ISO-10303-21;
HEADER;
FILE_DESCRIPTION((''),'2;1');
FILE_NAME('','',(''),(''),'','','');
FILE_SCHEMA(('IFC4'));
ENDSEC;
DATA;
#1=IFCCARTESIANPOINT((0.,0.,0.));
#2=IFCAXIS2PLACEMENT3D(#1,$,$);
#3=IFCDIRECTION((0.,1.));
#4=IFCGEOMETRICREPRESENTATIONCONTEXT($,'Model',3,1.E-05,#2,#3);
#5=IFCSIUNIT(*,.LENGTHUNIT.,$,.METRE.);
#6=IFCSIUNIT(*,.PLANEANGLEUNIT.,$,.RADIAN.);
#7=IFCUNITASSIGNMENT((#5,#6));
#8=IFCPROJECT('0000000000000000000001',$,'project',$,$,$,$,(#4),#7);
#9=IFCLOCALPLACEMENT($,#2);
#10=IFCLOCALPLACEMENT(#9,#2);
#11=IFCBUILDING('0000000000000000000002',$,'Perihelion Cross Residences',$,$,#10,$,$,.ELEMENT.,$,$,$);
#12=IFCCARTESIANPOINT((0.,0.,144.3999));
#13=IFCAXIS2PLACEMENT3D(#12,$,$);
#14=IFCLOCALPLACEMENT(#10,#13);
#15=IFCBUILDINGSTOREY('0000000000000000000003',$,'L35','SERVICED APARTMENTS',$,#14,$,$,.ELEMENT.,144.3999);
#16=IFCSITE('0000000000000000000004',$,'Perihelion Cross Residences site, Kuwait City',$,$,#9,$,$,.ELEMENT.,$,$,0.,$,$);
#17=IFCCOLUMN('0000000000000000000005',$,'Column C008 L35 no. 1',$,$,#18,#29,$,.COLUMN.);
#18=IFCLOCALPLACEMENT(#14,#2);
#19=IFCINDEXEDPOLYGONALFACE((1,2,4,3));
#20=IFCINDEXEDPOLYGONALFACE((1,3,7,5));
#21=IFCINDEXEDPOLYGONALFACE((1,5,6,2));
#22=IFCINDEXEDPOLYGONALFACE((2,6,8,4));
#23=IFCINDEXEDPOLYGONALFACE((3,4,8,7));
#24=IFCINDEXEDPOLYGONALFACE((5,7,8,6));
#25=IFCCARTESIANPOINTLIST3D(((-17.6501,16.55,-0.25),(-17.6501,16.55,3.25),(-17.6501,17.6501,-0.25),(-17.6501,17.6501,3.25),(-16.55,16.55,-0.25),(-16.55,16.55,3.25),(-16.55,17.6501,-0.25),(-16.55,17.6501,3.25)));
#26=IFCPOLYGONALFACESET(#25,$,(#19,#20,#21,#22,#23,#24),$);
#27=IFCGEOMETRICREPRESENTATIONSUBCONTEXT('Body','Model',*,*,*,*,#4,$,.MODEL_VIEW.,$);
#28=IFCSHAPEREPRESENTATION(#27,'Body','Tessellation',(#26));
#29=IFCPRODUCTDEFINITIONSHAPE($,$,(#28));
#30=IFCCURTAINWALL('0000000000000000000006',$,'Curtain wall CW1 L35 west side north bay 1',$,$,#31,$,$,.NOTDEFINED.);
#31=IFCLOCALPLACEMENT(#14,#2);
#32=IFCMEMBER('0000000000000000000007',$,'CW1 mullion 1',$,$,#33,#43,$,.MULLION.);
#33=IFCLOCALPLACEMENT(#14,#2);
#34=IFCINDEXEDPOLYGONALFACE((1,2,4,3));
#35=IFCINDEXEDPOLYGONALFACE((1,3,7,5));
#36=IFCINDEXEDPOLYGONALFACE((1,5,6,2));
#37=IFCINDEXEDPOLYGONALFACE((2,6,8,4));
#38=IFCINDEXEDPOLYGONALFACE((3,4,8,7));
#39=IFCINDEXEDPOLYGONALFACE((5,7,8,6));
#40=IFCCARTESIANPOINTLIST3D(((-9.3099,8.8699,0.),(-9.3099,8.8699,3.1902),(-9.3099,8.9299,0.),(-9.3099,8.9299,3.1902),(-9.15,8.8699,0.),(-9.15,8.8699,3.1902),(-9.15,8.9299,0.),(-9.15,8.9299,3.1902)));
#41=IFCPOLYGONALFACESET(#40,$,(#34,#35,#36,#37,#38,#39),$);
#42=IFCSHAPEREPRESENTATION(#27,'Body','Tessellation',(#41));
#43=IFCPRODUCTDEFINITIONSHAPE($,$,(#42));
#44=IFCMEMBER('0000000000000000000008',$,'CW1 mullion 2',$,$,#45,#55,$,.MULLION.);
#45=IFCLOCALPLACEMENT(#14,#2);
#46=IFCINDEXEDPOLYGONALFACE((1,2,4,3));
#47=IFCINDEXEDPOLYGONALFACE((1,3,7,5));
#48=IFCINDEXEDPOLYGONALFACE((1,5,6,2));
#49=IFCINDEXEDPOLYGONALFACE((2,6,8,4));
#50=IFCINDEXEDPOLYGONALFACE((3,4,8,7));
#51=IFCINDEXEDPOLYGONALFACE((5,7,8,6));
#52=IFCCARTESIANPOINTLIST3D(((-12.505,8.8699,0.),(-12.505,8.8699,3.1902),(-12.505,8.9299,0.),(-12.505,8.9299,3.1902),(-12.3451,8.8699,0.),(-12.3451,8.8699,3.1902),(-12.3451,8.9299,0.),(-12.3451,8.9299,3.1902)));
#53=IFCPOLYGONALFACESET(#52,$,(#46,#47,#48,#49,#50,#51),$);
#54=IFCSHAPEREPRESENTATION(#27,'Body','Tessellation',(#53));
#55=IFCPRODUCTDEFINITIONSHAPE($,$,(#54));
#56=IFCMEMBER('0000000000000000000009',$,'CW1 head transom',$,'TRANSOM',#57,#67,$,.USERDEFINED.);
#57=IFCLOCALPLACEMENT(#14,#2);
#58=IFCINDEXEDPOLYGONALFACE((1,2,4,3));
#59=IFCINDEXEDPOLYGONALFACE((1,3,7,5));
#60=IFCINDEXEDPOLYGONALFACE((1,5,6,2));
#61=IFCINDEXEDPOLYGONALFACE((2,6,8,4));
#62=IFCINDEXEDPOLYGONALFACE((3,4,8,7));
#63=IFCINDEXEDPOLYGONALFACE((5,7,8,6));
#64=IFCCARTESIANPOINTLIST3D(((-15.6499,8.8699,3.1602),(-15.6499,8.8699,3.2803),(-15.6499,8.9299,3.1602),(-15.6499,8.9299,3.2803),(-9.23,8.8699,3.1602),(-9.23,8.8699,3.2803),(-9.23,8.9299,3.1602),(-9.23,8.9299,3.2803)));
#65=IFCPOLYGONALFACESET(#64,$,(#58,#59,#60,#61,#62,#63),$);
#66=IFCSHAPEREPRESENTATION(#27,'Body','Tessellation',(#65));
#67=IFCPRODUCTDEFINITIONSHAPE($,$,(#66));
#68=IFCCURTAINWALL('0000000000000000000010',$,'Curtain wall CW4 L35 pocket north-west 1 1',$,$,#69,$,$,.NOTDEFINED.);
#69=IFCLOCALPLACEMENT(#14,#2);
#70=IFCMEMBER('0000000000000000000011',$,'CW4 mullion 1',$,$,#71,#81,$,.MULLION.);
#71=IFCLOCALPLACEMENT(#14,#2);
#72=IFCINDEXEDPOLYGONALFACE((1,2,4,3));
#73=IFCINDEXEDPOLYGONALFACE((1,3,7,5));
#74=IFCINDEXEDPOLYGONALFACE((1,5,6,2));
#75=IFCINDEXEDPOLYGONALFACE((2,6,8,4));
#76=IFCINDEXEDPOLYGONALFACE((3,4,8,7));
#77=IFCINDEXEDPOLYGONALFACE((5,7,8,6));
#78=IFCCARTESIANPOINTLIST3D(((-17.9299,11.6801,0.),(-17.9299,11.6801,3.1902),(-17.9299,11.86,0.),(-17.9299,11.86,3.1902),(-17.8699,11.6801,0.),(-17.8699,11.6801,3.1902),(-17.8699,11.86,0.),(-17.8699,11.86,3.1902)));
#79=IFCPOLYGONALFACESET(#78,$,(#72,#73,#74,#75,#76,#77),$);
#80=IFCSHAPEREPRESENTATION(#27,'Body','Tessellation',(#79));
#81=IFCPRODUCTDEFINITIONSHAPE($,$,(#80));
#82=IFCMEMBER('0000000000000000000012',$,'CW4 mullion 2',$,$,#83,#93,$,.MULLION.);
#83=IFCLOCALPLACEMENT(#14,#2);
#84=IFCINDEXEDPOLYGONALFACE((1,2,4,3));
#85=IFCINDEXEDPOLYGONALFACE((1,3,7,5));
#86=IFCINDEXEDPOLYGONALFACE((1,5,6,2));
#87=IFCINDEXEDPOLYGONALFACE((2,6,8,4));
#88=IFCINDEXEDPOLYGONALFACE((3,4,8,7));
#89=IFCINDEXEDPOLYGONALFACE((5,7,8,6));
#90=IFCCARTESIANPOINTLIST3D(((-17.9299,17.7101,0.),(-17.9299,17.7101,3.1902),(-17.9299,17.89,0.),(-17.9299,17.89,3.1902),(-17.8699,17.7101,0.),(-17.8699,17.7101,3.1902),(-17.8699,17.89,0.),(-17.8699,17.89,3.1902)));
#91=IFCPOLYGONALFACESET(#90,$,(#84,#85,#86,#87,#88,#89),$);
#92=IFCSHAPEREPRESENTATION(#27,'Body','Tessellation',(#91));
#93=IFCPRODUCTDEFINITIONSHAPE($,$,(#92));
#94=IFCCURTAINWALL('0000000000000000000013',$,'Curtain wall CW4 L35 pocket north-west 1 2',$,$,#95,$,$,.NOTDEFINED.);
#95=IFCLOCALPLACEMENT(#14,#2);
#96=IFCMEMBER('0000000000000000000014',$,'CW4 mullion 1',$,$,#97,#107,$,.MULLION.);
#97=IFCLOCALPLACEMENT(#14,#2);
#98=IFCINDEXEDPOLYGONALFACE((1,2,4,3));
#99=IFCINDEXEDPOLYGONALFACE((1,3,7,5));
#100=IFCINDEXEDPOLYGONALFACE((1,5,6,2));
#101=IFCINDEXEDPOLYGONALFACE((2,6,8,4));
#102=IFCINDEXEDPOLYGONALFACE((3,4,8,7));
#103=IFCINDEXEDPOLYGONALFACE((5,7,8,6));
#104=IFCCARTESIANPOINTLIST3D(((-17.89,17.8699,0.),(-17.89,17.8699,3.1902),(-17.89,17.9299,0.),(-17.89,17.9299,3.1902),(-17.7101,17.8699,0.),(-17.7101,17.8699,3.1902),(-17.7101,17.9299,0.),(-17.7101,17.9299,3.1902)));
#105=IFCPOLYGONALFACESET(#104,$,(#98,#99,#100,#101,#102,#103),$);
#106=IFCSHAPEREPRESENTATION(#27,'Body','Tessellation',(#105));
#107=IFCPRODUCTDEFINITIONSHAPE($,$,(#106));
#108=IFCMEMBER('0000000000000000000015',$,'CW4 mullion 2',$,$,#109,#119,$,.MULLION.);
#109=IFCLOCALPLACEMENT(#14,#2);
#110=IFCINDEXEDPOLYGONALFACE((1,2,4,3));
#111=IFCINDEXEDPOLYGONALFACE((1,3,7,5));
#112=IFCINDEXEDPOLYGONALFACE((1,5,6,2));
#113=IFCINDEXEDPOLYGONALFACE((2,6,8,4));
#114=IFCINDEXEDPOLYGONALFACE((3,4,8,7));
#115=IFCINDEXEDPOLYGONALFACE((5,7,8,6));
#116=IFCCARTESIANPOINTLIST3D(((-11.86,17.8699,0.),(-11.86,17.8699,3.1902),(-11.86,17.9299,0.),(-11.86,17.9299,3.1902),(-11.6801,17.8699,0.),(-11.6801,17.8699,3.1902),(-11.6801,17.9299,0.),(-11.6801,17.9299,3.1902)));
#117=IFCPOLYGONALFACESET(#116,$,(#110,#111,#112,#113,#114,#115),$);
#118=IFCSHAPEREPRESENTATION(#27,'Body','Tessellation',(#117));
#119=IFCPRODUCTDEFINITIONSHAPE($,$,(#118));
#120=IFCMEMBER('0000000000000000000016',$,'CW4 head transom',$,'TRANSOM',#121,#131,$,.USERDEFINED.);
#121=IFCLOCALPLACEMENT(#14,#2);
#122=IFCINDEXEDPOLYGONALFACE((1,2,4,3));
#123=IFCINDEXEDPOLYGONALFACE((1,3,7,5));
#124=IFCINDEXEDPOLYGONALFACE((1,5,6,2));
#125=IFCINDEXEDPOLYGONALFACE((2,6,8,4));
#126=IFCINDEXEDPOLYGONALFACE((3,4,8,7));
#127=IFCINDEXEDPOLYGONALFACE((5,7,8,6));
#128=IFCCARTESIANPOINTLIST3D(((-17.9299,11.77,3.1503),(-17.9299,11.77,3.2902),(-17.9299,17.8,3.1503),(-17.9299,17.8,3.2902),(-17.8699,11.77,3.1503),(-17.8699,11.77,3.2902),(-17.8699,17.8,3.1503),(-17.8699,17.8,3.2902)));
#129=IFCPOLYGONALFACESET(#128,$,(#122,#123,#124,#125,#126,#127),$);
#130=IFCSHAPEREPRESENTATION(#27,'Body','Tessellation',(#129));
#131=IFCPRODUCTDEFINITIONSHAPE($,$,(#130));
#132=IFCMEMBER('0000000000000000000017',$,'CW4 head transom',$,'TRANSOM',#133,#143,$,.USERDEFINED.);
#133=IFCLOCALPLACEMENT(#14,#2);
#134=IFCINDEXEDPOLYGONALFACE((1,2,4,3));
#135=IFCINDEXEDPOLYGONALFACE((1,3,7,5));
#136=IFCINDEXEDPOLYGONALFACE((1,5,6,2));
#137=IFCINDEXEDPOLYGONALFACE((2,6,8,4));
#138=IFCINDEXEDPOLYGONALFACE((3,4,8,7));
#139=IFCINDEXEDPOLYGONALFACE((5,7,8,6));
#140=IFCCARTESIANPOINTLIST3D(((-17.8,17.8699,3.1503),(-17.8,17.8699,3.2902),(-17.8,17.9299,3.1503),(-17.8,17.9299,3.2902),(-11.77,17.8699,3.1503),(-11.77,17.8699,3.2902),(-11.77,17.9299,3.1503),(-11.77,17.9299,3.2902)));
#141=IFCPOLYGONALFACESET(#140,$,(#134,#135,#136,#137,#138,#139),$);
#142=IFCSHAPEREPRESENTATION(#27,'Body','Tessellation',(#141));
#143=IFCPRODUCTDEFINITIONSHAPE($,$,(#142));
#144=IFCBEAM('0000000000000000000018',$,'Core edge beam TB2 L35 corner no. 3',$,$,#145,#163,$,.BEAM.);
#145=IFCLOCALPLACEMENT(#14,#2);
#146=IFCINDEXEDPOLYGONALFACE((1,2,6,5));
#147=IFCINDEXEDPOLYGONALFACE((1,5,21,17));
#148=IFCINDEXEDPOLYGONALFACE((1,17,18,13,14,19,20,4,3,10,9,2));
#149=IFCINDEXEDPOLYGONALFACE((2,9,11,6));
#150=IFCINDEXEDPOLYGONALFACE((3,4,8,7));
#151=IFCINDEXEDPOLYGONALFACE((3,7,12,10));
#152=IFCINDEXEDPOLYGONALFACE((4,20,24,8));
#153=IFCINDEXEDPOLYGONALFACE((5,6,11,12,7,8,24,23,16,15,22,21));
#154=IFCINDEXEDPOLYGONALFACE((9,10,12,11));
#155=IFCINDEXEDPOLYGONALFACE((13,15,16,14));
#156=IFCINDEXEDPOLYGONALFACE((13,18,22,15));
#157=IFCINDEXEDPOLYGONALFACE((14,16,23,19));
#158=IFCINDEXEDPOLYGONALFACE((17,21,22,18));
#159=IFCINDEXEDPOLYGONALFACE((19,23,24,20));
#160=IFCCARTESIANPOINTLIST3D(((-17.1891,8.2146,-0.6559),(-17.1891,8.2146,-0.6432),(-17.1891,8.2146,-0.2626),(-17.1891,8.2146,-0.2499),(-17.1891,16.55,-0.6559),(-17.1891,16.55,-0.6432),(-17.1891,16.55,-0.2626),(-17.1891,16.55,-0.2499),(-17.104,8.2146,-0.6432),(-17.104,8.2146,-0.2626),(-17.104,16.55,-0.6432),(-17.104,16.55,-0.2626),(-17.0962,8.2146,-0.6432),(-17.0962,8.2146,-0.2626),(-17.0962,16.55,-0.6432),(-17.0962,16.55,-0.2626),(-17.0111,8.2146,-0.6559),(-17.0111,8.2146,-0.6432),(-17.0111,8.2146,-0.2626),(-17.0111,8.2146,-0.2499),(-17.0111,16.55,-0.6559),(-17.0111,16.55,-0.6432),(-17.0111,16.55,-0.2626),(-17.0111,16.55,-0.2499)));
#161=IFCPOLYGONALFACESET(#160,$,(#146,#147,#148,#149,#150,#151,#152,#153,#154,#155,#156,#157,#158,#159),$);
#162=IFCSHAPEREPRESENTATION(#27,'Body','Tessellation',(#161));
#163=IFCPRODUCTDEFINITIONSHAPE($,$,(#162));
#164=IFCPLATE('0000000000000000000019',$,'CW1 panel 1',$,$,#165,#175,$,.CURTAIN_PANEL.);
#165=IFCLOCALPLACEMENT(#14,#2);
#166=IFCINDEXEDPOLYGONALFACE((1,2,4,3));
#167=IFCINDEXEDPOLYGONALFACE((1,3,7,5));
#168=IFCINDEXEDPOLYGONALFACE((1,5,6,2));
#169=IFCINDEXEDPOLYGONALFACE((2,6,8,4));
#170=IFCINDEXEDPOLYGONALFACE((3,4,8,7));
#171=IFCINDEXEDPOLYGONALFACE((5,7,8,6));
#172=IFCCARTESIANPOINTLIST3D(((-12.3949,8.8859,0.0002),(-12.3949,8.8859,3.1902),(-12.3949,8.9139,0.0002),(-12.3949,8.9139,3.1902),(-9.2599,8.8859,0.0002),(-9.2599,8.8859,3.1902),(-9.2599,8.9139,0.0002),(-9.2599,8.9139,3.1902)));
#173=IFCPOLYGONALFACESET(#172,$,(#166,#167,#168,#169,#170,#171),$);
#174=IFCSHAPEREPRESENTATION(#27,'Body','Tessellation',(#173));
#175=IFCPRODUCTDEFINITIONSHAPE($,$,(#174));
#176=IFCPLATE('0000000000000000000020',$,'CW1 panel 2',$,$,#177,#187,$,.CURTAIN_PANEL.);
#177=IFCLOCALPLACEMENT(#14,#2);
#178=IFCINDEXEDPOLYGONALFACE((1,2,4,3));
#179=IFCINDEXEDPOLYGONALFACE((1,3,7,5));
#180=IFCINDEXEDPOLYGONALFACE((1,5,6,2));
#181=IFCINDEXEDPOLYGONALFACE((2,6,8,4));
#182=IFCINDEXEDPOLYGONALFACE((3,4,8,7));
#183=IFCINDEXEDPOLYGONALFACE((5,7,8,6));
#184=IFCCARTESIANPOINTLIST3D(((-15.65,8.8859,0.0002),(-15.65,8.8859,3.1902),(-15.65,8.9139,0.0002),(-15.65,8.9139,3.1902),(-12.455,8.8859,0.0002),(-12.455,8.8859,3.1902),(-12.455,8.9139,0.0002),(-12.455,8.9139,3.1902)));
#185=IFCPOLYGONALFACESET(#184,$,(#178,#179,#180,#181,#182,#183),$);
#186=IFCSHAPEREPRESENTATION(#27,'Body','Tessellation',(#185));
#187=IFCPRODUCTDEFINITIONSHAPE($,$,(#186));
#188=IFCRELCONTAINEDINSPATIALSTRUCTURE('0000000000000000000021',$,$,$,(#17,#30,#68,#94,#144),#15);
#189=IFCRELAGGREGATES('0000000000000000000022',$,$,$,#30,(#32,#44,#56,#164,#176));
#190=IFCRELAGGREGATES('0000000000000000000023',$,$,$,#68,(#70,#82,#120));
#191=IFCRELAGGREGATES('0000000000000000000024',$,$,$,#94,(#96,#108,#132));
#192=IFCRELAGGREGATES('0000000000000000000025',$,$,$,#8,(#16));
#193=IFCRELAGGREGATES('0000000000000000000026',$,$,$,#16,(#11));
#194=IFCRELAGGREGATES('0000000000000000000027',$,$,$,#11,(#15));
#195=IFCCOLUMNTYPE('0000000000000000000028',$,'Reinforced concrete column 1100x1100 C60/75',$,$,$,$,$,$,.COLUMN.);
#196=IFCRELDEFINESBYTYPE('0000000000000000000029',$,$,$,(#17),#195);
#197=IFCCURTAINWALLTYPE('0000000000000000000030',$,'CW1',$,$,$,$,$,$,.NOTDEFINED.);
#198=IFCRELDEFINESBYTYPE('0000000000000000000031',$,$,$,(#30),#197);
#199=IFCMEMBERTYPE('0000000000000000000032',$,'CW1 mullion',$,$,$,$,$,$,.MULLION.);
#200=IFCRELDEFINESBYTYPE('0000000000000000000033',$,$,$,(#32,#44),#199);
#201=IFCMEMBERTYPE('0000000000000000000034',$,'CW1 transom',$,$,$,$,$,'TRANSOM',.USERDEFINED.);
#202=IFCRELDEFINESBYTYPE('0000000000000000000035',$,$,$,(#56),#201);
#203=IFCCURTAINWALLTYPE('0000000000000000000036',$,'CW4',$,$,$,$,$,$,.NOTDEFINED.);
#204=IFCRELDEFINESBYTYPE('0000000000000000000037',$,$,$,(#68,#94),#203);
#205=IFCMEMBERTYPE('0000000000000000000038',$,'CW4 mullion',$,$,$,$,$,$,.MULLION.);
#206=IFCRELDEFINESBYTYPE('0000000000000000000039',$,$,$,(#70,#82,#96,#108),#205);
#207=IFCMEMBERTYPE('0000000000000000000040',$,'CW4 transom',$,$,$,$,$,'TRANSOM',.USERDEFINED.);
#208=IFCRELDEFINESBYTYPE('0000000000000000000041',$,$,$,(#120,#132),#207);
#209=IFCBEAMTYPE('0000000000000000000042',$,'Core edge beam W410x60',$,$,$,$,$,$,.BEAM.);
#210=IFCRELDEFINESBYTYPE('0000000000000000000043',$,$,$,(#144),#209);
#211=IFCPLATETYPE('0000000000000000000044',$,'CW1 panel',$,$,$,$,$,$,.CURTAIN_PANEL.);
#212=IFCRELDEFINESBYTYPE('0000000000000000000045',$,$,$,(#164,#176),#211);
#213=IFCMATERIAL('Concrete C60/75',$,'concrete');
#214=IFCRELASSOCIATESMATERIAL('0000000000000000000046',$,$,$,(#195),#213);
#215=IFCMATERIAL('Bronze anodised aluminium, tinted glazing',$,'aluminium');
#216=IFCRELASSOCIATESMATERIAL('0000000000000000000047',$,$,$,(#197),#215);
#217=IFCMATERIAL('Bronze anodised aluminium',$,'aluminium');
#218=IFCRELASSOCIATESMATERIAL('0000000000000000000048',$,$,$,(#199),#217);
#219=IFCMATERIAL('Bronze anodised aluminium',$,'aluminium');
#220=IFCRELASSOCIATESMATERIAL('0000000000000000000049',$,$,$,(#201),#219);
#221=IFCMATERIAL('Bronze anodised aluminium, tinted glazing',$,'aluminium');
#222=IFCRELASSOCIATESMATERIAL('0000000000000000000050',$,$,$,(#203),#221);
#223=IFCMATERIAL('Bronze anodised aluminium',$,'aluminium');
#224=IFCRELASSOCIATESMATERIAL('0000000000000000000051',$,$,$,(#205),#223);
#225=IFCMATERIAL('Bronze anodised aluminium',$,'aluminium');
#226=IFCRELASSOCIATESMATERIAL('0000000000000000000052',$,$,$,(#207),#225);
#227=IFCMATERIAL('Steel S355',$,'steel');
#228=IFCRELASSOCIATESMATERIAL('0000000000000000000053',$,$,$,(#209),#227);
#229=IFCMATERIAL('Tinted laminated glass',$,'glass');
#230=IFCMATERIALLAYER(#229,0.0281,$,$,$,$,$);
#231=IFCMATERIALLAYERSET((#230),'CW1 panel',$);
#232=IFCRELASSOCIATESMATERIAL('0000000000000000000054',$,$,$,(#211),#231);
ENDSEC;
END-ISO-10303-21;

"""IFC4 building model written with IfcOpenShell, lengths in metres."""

from ifc_helpers import new_model, si_unit, direction, frame, origin, origin_2d, place, context, subcontext, project, spatial, rectangle, i_section, extrude, material, layer, layer_set, material_profile, profile_set, type_object, element, aggregate, save


model = new_model("IFC4")

# Units and contexts
model_context = context("Model", 3, precision=1e-05, world=origin(), true_north=direction((0.0, 1.0)))
body_context = subcontext(model_context, "Body", "Model", "MODEL_VIEW")
ifc_project = project(units=[si_unit("LENGTHUNIT", "METRE"), si_unit("PLANEANGLEUNIT", "RADIAN")], contexts=[model_context])

# Site, building, storey
site_placement = place(None, origin())
site = spatial("IfcSite", under=ifc_project, at=site_placement, Name="Perihelion Cross Residences site, Kuwait City", CompositionType="ELEMENT", RefElevation=0.0)
building_placement = place(site_placement, origin())
building = spatial("IfcBuilding", under=site, at=building_placement, Name="Perihelion Cross Residences", CompositionType="ELEMENT")
storey_placement = place(building_placement, frame((0.0, 0.0, 144.3999)))
storey = spatial("IfcBuildingStorey", under=building, at=storey_placement, Name="L35", Description="SERVICED APARTMENTS", CompositionType="ELEMENT", Elevation=144.3999)

# Column
ifc_material_1 = material(Name="Concrete C60/75", Category="concrete")
ifc_material_profile_1 = material_profile(ifc_material_1, rectangle(XDim=1.1001, YDim=1.1001, at=origin_2d()), Name="RC 1100x1100")
ifc_profile_set_1 = profile_set([ifc_material_profile_1], Name="Concrete C60/75")
column_type = type_object("IfcColumnType", Name="Reinforced concrete column 1100x1100 C60/75", PredefinedType="COLUMN", material=ifc_profile_set_1)
column_placement = place(storey_placement, frame((-17.1001, 17.1001, -0.25), z_axis=(0.0, 0.0, 1.0), x_axis=(1.0, 0.0, 0.0)))
element("IfcColumn", 1, at=column_placement, inside=storey, type_object=column_type, Name="Column C008 L35 no. 1", PredefinedType="COLUMN", context=body_context, shape_type="SweptSolid", body=[
    extrude(rectangle(XDim=1.1001, YDim=1.1001, at=origin_2d()), origin(), (0.0, 0.0, 1.0), 3.5),
])

# Curtain walls, members
ifc_material_2 = material(Name="Bronze anodised aluminium, tinted glazing", Category="aluminium")
curtain_wall_type_1 = type_object("IfcCurtainWallType", Name="CW1", PredefinedType="NOTDEFINED", material=ifc_material_2)
curtain_wall_1_placement = place(storey_placement, origin())
curtain_wall_1 = element("IfcCurtainWall", 2, at=curtain_wall_1_placement, inside=storey, type_object=curtain_wall_type_1, Name="Curtain wall CW1 L35 west side north bay 1", PredefinedType="NOTDEFINED")
ifc_material_3 = material(Name="Bronze anodised aluminium", Category="aluminium")
ifc_material_profile_2 = material_profile(ifc_material_3, rectangle(XDim=0.0601, YDim=0.1599, at=origin_2d()), Name="CW1 mullion")
ifc_profile_set_2 = profile_set([ifc_material_profile_2], Name="Bronze anodised aluminium")
member_type_1 = type_object("IfcMemberType", Name="CW1 mullion", PredefinedType="MULLION", material=ifc_profile_set_2)
member_1_placement = place(storey_placement, frame((-9.23, 8.8999, 0.0), z_axis=(0.0, 0.0, 1.0), x_axis=(0.0, -1.0, 0.0)))
member_1 = element("IfcMember", 3, at=member_1_placement, type_object=member_type_1, Name="CW1 mullion 1", PredefinedType="MULLION", context=body_context, shape_type="SweptSolid", body=[
    extrude(rectangle(XDim=0.0601, YDim=0.1599, at=origin_2d()), origin(), (0.0, 0.0, 1.0), 3.1902),
])
member_2_placement = place(storey_placement, frame((-12.425, 8.8999, 0.0), z_axis=(0.0, 0.0, 1.0), x_axis=(0.0, -1.0, 0.0)))
member_2 = element("IfcMember", 4, at=member_2_placement, type_object=member_type_1, Name="CW1 mullion 2", PredefinedType="MULLION", context=body_context, shape_type="SweptSolid", body=[
    extrude(rectangle(XDim=0.0601, YDim=0.1599, at=origin_2d()), origin(), (0.0, 0.0, 1.0), 3.1902),
])
ifc_material_4 = material(Name="Bronze anodised aluminium", Category="aluminium")
ifc_material_profile_3 = material_profile(ifc_material_4, rectangle(XDim=0.0601, YDim=0.1201, at=origin_2d()), Name="CW1 transom")
ifc_profile_set_3 = profile_set([ifc_material_profile_3], Name="Bronze anodised aluminium")
member_type_2 = type_object("IfcMemberType", Name="CW1 transom", ElementType="TRANSOM", PredefinedType="USERDEFINED", material=ifc_profile_set_3)
member_3_placement = place(storey_placement, frame((-9.23, 8.8999, 3.2202), z_axis=(-1.0, 0.0, 0.0), x_axis=(0.0, -1.0, 0.0)))
member_3 = element("IfcMember", 5, at=member_3_placement, type_object=member_type_2, Name="CW1 head transom", ObjectType="TRANSOM", PredefinedType="USERDEFINED", context=body_context, shape_type="SweptSolid", body=[
    extrude(rectangle(XDim=0.0601, YDim=0.1201, at=origin_2d()), origin(), (0.0, 0.0, 1.0), 6.4199),
])
ifc_material_5 = material(Name="Bronze anodised aluminium, tinted glazing", Category="aluminium")
curtain_wall_type_2 = type_object("IfcCurtainWallType", Name="CW4", PredefinedType="NOTDEFINED", material=ifc_material_5)
curtain_wall_2_placement = place(storey_placement, origin())
curtain_wall_2 = element("IfcCurtainWall", 6, at=curtain_wall_2_placement, inside=storey, type_object=curtain_wall_type_2, Name="Curtain wall CW4 L35 pocket north-west 1 1", PredefinedType="NOTDEFINED")
ifc_material_6 = material(Name="Bronze anodised aluminium", Category="aluminium")
ifc_material_profile_4 = material_profile(ifc_material_6, rectangle(XDim=0.0601, YDim=0.1799, at=origin_2d()), Name="CW4 mullion")
ifc_profile_set_4 = profile_set([ifc_material_profile_4], Name="Bronze anodised aluminium")
member_type_3 = type_object("IfcMemberType", Name="CW4 mullion", PredefinedType="MULLION", material=ifc_profile_set_4)
member_4_placement = place(storey_placement, frame((-17.8999, 11.77, 0.0), z_axis=(0.0, 0.0, 1.0), x_axis=(-1.0, 0.0, 0.0)))
member_4 = element("IfcMember", 7, at=member_4_placement, type_object=member_type_3, Name="CW4 mullion 1", PredefinedType="MULLION", context=body_context, shape_type="SweptSolid", body=[
    extrude(rectangle(XDim=0.0601, YDim=0.1799, at=origin_2d()), origin(), (0.0, 0.0, 1.0), 3.1902),
])
member_5_placement = place(storey_placement, frame((-17.8999, 17.8, 0.0), z_axis=(0.0, 0.0, 1.0), x_axis=(-1.0, 0.0, 0.0)))
member_5 = element("IfcMember", 8, at=member_5_placement, type_object=member_type_3, Name="CW4 mullion 2", PredefinedType="MULLION", context=body_context, shape_type="SweptSolid", body=[
    extrude(rectangle(XDim=0.0601, YDim=0.1799, at=origin_2d()), origin(), (0.0, 0.0, 1.0), 3.1902),
])
curtain_wall_3_placement = place(storey_placement, origin())
curtain_wall_3 = element("IfcCurtainWall", 9, at=curtain_wall_3_placement, inside=storey, type_object=curtain_wall_type_2, Name="Curtain wall CW4 L35 pocket north-west 1 2", PredefinedType="NOTDEFINED")
member_6_placement = place(storey_placement, frame((-17.8, 17.8999, 0.0), z_axis=(0.0, 0.0, 1.0), x_axis=(0.0, 1.0, 0.0)))
member_6 = element("IfcMember", 10, at=member_6_placement, type_object=member_type_3, Name="CW4 mullion 1", PredefinedType="MULLION", context=body_context, shape_type="SweptSolid", body=[
    extrude(rectangle(XDim=0.0601, YDim=0.1799, at=origin_2d()), origin(), (0.0, 0.0, 1.0), 3.1902),
])
member_7_placement = place(storey_placement, frame((-11.77, 17.8999, 0.0), z_axis=(0.0, 0.0, 1.0), x_axis=(0.0, 1.0, 0.0)))
member_7 = element("IfcMember", 11, at=member_7_placement, type_object=member_type_3, Name="CW4 mullion 2", PredefinedType="MULLION", context=body_context, shape_type="SweptSolid", body=[
    extrude(rectangle(XDim=0.0601, YDim=0.1799, at=origin_2d()), origin(), (0.0, 0.0, 1.0), 3.1902),
])

# Members
ifc_material_7 = material(Name="Bronze anodised aluminium", Category="aluminium")
ifc_material_profile_5 = material_profile(ifc_material_7, rectangle(XDim=0.0601, YDim=0.1399, at=origin_2d()), Name="CW4 transom")
ifc_profile_set_5 = profile_set([ifc_material_profile_5], Name="Bronze anodised aluminium")
member_type_4 = type_object("IfcMemberType", Name="CW4 transom", ElementType="TRANSOM", PredefinedType="USERDEFINED", material=ifc_profile_set_5)
member_8_placement = place(storey_placement, frame((-17.8999, 11.77, 3.2202), z_axis=(0.0, 1.0, 0.0), x_axis=(-1.0, 0.0, 0.0)))
member_8 = element("IfcMember", 12, at=member_8_placement, type_object=member_type_4, Name="CW4 head transom", ObjectType="TRANSOM", PredefinedType="USERDEFINED", context=body_context, shape_type="SweptSolid", body=[
    extrude(rectangle(XDim=0.0601, YDim=0.1399, at=origin_2d()), origin(), (0.0, 0.0, 1.0), 6.03),
])
member_9_placement = place(storey_placement, frame((-17.8, 17.8999, 3.2202), z_axis=(1.0, 0.0, 0.0), x_axis=(0.0, 1.0, 0.0)))
member_9 = element("IfcMember", 13, at=member_9_placement, type_object=member_type_4, Name="CW4 head transom", ObjectType="TRANSOM", PredefinedType="USERDEFINED", context=body_context, shape_type="SweptSolid", body=[
    extrude(rectangle(XDim=0.0601, YDim=0.1399, at=origin_2d()), origin(), (0.0, 0.0, 1.0), 6.03),
])

# Beam
ifc_material_8 = material(Name="Steel S355", Category="steel")
ifc_material_profile_6 = material_profile(ifc_material_8, i_section(OverallWidth=0.178, OverallDepth=0.406, WebThickness=0.0078, FlangeThickness=0.0127, at=origin_2d()), Name="W410x60")
ifc_profile_set_6 = profile_set([ifc_material_profile_6], Name="Steel S355")
beam_type = type_object("IfcBeamType", Name="Core edge beam W410x60", PredefinedType="BEAM", material=ifc_profile_set_6)
beam_placement = place(storey_placement, frame((-17.1001, 8.2146, -0.4529), z_axis=(0.0, 1.0, 0.0), x_axis=(-1.0, 0.0, 0.0)))
element("IfcBeam", 14, at=beam_placement, inside=storey, type_object=beam_type, Name="Core edge beam TB2 L35 corner no. 3", PredefinedType="BEAM", context=body_context, shape_type="SweptSolid", body=[
    extrude(i_section(OverallWidth=0.178, OverallDepth=0.406, WebThickness=0.0078, FlangeThickness=0.0127, at=origin_2d()), origin(), (0.0, 0.0, 1.0), 8.3354),
])

# Plates
ifc_material_9 = material(Name="Tinted laminated glass", Category="glass")
ifc_layer_1 = layer(ifc_material_9, 0.0281)
ifc_layer_set_1 = layer_set([ifc_layer_1], Name="CW1 panel")
plate_type_1 = type_object("IfcPlateType", Name="CW1 panel", PredefinedType="CURTAIN_PANEL", material=ifc_layer_set_1)
plate_1_placement = place(storey_placement, frame((-10.8274, 8.8999, 0.0002), z_axis=(0.0, 0.0, 1.0), x_axis=(-1.0, 0.0, 0.0)))
plate_1 = element("IfcPlate", 15, at=plate_1_placement, type_object=plate_type_1, Name="CW1 panel 1", PredefinedType="CURTAIN_PANEL", context=body_context, shape_type="SweptSolid", body=[
    extrude(rectangle(XDim=3.135, YDim=0.0281, at=origin_2d()), origin(), (0.0, 0.0, 1.0), 3.1899),
])
plate_2_placement = place(storey_placement, frame((-14.0525, 8.8999, 0.0002), z_axis=(0.0, 0.0, 1.0), x_axis=(-1.0, 0.0, 0.0)))
plate_2 = element("IfcPlate", 16, at=plate_2_placement, type_object=plate_type_1, Name="CW1 panel 2", PredefinedType="CURTAIN_PANEL", context=body_context, shape_type="SweptSolid", body=[
    extrude(rectangle(XDim=3.1951, YDim=0.0281, at=origin_2d()), origin(), (0.0, 0.0, 1.0), 3.1899),
])
aggregate(curtain_wall_1, [member_1, member_2, member_3, plate_1, plate_2])
aggregate(curtain_wall_2, [member_4, member_5, member_8])
aggregate(curtain_wall_3, [member_6, member_7, member_9])

save(model, "model.ifc")
